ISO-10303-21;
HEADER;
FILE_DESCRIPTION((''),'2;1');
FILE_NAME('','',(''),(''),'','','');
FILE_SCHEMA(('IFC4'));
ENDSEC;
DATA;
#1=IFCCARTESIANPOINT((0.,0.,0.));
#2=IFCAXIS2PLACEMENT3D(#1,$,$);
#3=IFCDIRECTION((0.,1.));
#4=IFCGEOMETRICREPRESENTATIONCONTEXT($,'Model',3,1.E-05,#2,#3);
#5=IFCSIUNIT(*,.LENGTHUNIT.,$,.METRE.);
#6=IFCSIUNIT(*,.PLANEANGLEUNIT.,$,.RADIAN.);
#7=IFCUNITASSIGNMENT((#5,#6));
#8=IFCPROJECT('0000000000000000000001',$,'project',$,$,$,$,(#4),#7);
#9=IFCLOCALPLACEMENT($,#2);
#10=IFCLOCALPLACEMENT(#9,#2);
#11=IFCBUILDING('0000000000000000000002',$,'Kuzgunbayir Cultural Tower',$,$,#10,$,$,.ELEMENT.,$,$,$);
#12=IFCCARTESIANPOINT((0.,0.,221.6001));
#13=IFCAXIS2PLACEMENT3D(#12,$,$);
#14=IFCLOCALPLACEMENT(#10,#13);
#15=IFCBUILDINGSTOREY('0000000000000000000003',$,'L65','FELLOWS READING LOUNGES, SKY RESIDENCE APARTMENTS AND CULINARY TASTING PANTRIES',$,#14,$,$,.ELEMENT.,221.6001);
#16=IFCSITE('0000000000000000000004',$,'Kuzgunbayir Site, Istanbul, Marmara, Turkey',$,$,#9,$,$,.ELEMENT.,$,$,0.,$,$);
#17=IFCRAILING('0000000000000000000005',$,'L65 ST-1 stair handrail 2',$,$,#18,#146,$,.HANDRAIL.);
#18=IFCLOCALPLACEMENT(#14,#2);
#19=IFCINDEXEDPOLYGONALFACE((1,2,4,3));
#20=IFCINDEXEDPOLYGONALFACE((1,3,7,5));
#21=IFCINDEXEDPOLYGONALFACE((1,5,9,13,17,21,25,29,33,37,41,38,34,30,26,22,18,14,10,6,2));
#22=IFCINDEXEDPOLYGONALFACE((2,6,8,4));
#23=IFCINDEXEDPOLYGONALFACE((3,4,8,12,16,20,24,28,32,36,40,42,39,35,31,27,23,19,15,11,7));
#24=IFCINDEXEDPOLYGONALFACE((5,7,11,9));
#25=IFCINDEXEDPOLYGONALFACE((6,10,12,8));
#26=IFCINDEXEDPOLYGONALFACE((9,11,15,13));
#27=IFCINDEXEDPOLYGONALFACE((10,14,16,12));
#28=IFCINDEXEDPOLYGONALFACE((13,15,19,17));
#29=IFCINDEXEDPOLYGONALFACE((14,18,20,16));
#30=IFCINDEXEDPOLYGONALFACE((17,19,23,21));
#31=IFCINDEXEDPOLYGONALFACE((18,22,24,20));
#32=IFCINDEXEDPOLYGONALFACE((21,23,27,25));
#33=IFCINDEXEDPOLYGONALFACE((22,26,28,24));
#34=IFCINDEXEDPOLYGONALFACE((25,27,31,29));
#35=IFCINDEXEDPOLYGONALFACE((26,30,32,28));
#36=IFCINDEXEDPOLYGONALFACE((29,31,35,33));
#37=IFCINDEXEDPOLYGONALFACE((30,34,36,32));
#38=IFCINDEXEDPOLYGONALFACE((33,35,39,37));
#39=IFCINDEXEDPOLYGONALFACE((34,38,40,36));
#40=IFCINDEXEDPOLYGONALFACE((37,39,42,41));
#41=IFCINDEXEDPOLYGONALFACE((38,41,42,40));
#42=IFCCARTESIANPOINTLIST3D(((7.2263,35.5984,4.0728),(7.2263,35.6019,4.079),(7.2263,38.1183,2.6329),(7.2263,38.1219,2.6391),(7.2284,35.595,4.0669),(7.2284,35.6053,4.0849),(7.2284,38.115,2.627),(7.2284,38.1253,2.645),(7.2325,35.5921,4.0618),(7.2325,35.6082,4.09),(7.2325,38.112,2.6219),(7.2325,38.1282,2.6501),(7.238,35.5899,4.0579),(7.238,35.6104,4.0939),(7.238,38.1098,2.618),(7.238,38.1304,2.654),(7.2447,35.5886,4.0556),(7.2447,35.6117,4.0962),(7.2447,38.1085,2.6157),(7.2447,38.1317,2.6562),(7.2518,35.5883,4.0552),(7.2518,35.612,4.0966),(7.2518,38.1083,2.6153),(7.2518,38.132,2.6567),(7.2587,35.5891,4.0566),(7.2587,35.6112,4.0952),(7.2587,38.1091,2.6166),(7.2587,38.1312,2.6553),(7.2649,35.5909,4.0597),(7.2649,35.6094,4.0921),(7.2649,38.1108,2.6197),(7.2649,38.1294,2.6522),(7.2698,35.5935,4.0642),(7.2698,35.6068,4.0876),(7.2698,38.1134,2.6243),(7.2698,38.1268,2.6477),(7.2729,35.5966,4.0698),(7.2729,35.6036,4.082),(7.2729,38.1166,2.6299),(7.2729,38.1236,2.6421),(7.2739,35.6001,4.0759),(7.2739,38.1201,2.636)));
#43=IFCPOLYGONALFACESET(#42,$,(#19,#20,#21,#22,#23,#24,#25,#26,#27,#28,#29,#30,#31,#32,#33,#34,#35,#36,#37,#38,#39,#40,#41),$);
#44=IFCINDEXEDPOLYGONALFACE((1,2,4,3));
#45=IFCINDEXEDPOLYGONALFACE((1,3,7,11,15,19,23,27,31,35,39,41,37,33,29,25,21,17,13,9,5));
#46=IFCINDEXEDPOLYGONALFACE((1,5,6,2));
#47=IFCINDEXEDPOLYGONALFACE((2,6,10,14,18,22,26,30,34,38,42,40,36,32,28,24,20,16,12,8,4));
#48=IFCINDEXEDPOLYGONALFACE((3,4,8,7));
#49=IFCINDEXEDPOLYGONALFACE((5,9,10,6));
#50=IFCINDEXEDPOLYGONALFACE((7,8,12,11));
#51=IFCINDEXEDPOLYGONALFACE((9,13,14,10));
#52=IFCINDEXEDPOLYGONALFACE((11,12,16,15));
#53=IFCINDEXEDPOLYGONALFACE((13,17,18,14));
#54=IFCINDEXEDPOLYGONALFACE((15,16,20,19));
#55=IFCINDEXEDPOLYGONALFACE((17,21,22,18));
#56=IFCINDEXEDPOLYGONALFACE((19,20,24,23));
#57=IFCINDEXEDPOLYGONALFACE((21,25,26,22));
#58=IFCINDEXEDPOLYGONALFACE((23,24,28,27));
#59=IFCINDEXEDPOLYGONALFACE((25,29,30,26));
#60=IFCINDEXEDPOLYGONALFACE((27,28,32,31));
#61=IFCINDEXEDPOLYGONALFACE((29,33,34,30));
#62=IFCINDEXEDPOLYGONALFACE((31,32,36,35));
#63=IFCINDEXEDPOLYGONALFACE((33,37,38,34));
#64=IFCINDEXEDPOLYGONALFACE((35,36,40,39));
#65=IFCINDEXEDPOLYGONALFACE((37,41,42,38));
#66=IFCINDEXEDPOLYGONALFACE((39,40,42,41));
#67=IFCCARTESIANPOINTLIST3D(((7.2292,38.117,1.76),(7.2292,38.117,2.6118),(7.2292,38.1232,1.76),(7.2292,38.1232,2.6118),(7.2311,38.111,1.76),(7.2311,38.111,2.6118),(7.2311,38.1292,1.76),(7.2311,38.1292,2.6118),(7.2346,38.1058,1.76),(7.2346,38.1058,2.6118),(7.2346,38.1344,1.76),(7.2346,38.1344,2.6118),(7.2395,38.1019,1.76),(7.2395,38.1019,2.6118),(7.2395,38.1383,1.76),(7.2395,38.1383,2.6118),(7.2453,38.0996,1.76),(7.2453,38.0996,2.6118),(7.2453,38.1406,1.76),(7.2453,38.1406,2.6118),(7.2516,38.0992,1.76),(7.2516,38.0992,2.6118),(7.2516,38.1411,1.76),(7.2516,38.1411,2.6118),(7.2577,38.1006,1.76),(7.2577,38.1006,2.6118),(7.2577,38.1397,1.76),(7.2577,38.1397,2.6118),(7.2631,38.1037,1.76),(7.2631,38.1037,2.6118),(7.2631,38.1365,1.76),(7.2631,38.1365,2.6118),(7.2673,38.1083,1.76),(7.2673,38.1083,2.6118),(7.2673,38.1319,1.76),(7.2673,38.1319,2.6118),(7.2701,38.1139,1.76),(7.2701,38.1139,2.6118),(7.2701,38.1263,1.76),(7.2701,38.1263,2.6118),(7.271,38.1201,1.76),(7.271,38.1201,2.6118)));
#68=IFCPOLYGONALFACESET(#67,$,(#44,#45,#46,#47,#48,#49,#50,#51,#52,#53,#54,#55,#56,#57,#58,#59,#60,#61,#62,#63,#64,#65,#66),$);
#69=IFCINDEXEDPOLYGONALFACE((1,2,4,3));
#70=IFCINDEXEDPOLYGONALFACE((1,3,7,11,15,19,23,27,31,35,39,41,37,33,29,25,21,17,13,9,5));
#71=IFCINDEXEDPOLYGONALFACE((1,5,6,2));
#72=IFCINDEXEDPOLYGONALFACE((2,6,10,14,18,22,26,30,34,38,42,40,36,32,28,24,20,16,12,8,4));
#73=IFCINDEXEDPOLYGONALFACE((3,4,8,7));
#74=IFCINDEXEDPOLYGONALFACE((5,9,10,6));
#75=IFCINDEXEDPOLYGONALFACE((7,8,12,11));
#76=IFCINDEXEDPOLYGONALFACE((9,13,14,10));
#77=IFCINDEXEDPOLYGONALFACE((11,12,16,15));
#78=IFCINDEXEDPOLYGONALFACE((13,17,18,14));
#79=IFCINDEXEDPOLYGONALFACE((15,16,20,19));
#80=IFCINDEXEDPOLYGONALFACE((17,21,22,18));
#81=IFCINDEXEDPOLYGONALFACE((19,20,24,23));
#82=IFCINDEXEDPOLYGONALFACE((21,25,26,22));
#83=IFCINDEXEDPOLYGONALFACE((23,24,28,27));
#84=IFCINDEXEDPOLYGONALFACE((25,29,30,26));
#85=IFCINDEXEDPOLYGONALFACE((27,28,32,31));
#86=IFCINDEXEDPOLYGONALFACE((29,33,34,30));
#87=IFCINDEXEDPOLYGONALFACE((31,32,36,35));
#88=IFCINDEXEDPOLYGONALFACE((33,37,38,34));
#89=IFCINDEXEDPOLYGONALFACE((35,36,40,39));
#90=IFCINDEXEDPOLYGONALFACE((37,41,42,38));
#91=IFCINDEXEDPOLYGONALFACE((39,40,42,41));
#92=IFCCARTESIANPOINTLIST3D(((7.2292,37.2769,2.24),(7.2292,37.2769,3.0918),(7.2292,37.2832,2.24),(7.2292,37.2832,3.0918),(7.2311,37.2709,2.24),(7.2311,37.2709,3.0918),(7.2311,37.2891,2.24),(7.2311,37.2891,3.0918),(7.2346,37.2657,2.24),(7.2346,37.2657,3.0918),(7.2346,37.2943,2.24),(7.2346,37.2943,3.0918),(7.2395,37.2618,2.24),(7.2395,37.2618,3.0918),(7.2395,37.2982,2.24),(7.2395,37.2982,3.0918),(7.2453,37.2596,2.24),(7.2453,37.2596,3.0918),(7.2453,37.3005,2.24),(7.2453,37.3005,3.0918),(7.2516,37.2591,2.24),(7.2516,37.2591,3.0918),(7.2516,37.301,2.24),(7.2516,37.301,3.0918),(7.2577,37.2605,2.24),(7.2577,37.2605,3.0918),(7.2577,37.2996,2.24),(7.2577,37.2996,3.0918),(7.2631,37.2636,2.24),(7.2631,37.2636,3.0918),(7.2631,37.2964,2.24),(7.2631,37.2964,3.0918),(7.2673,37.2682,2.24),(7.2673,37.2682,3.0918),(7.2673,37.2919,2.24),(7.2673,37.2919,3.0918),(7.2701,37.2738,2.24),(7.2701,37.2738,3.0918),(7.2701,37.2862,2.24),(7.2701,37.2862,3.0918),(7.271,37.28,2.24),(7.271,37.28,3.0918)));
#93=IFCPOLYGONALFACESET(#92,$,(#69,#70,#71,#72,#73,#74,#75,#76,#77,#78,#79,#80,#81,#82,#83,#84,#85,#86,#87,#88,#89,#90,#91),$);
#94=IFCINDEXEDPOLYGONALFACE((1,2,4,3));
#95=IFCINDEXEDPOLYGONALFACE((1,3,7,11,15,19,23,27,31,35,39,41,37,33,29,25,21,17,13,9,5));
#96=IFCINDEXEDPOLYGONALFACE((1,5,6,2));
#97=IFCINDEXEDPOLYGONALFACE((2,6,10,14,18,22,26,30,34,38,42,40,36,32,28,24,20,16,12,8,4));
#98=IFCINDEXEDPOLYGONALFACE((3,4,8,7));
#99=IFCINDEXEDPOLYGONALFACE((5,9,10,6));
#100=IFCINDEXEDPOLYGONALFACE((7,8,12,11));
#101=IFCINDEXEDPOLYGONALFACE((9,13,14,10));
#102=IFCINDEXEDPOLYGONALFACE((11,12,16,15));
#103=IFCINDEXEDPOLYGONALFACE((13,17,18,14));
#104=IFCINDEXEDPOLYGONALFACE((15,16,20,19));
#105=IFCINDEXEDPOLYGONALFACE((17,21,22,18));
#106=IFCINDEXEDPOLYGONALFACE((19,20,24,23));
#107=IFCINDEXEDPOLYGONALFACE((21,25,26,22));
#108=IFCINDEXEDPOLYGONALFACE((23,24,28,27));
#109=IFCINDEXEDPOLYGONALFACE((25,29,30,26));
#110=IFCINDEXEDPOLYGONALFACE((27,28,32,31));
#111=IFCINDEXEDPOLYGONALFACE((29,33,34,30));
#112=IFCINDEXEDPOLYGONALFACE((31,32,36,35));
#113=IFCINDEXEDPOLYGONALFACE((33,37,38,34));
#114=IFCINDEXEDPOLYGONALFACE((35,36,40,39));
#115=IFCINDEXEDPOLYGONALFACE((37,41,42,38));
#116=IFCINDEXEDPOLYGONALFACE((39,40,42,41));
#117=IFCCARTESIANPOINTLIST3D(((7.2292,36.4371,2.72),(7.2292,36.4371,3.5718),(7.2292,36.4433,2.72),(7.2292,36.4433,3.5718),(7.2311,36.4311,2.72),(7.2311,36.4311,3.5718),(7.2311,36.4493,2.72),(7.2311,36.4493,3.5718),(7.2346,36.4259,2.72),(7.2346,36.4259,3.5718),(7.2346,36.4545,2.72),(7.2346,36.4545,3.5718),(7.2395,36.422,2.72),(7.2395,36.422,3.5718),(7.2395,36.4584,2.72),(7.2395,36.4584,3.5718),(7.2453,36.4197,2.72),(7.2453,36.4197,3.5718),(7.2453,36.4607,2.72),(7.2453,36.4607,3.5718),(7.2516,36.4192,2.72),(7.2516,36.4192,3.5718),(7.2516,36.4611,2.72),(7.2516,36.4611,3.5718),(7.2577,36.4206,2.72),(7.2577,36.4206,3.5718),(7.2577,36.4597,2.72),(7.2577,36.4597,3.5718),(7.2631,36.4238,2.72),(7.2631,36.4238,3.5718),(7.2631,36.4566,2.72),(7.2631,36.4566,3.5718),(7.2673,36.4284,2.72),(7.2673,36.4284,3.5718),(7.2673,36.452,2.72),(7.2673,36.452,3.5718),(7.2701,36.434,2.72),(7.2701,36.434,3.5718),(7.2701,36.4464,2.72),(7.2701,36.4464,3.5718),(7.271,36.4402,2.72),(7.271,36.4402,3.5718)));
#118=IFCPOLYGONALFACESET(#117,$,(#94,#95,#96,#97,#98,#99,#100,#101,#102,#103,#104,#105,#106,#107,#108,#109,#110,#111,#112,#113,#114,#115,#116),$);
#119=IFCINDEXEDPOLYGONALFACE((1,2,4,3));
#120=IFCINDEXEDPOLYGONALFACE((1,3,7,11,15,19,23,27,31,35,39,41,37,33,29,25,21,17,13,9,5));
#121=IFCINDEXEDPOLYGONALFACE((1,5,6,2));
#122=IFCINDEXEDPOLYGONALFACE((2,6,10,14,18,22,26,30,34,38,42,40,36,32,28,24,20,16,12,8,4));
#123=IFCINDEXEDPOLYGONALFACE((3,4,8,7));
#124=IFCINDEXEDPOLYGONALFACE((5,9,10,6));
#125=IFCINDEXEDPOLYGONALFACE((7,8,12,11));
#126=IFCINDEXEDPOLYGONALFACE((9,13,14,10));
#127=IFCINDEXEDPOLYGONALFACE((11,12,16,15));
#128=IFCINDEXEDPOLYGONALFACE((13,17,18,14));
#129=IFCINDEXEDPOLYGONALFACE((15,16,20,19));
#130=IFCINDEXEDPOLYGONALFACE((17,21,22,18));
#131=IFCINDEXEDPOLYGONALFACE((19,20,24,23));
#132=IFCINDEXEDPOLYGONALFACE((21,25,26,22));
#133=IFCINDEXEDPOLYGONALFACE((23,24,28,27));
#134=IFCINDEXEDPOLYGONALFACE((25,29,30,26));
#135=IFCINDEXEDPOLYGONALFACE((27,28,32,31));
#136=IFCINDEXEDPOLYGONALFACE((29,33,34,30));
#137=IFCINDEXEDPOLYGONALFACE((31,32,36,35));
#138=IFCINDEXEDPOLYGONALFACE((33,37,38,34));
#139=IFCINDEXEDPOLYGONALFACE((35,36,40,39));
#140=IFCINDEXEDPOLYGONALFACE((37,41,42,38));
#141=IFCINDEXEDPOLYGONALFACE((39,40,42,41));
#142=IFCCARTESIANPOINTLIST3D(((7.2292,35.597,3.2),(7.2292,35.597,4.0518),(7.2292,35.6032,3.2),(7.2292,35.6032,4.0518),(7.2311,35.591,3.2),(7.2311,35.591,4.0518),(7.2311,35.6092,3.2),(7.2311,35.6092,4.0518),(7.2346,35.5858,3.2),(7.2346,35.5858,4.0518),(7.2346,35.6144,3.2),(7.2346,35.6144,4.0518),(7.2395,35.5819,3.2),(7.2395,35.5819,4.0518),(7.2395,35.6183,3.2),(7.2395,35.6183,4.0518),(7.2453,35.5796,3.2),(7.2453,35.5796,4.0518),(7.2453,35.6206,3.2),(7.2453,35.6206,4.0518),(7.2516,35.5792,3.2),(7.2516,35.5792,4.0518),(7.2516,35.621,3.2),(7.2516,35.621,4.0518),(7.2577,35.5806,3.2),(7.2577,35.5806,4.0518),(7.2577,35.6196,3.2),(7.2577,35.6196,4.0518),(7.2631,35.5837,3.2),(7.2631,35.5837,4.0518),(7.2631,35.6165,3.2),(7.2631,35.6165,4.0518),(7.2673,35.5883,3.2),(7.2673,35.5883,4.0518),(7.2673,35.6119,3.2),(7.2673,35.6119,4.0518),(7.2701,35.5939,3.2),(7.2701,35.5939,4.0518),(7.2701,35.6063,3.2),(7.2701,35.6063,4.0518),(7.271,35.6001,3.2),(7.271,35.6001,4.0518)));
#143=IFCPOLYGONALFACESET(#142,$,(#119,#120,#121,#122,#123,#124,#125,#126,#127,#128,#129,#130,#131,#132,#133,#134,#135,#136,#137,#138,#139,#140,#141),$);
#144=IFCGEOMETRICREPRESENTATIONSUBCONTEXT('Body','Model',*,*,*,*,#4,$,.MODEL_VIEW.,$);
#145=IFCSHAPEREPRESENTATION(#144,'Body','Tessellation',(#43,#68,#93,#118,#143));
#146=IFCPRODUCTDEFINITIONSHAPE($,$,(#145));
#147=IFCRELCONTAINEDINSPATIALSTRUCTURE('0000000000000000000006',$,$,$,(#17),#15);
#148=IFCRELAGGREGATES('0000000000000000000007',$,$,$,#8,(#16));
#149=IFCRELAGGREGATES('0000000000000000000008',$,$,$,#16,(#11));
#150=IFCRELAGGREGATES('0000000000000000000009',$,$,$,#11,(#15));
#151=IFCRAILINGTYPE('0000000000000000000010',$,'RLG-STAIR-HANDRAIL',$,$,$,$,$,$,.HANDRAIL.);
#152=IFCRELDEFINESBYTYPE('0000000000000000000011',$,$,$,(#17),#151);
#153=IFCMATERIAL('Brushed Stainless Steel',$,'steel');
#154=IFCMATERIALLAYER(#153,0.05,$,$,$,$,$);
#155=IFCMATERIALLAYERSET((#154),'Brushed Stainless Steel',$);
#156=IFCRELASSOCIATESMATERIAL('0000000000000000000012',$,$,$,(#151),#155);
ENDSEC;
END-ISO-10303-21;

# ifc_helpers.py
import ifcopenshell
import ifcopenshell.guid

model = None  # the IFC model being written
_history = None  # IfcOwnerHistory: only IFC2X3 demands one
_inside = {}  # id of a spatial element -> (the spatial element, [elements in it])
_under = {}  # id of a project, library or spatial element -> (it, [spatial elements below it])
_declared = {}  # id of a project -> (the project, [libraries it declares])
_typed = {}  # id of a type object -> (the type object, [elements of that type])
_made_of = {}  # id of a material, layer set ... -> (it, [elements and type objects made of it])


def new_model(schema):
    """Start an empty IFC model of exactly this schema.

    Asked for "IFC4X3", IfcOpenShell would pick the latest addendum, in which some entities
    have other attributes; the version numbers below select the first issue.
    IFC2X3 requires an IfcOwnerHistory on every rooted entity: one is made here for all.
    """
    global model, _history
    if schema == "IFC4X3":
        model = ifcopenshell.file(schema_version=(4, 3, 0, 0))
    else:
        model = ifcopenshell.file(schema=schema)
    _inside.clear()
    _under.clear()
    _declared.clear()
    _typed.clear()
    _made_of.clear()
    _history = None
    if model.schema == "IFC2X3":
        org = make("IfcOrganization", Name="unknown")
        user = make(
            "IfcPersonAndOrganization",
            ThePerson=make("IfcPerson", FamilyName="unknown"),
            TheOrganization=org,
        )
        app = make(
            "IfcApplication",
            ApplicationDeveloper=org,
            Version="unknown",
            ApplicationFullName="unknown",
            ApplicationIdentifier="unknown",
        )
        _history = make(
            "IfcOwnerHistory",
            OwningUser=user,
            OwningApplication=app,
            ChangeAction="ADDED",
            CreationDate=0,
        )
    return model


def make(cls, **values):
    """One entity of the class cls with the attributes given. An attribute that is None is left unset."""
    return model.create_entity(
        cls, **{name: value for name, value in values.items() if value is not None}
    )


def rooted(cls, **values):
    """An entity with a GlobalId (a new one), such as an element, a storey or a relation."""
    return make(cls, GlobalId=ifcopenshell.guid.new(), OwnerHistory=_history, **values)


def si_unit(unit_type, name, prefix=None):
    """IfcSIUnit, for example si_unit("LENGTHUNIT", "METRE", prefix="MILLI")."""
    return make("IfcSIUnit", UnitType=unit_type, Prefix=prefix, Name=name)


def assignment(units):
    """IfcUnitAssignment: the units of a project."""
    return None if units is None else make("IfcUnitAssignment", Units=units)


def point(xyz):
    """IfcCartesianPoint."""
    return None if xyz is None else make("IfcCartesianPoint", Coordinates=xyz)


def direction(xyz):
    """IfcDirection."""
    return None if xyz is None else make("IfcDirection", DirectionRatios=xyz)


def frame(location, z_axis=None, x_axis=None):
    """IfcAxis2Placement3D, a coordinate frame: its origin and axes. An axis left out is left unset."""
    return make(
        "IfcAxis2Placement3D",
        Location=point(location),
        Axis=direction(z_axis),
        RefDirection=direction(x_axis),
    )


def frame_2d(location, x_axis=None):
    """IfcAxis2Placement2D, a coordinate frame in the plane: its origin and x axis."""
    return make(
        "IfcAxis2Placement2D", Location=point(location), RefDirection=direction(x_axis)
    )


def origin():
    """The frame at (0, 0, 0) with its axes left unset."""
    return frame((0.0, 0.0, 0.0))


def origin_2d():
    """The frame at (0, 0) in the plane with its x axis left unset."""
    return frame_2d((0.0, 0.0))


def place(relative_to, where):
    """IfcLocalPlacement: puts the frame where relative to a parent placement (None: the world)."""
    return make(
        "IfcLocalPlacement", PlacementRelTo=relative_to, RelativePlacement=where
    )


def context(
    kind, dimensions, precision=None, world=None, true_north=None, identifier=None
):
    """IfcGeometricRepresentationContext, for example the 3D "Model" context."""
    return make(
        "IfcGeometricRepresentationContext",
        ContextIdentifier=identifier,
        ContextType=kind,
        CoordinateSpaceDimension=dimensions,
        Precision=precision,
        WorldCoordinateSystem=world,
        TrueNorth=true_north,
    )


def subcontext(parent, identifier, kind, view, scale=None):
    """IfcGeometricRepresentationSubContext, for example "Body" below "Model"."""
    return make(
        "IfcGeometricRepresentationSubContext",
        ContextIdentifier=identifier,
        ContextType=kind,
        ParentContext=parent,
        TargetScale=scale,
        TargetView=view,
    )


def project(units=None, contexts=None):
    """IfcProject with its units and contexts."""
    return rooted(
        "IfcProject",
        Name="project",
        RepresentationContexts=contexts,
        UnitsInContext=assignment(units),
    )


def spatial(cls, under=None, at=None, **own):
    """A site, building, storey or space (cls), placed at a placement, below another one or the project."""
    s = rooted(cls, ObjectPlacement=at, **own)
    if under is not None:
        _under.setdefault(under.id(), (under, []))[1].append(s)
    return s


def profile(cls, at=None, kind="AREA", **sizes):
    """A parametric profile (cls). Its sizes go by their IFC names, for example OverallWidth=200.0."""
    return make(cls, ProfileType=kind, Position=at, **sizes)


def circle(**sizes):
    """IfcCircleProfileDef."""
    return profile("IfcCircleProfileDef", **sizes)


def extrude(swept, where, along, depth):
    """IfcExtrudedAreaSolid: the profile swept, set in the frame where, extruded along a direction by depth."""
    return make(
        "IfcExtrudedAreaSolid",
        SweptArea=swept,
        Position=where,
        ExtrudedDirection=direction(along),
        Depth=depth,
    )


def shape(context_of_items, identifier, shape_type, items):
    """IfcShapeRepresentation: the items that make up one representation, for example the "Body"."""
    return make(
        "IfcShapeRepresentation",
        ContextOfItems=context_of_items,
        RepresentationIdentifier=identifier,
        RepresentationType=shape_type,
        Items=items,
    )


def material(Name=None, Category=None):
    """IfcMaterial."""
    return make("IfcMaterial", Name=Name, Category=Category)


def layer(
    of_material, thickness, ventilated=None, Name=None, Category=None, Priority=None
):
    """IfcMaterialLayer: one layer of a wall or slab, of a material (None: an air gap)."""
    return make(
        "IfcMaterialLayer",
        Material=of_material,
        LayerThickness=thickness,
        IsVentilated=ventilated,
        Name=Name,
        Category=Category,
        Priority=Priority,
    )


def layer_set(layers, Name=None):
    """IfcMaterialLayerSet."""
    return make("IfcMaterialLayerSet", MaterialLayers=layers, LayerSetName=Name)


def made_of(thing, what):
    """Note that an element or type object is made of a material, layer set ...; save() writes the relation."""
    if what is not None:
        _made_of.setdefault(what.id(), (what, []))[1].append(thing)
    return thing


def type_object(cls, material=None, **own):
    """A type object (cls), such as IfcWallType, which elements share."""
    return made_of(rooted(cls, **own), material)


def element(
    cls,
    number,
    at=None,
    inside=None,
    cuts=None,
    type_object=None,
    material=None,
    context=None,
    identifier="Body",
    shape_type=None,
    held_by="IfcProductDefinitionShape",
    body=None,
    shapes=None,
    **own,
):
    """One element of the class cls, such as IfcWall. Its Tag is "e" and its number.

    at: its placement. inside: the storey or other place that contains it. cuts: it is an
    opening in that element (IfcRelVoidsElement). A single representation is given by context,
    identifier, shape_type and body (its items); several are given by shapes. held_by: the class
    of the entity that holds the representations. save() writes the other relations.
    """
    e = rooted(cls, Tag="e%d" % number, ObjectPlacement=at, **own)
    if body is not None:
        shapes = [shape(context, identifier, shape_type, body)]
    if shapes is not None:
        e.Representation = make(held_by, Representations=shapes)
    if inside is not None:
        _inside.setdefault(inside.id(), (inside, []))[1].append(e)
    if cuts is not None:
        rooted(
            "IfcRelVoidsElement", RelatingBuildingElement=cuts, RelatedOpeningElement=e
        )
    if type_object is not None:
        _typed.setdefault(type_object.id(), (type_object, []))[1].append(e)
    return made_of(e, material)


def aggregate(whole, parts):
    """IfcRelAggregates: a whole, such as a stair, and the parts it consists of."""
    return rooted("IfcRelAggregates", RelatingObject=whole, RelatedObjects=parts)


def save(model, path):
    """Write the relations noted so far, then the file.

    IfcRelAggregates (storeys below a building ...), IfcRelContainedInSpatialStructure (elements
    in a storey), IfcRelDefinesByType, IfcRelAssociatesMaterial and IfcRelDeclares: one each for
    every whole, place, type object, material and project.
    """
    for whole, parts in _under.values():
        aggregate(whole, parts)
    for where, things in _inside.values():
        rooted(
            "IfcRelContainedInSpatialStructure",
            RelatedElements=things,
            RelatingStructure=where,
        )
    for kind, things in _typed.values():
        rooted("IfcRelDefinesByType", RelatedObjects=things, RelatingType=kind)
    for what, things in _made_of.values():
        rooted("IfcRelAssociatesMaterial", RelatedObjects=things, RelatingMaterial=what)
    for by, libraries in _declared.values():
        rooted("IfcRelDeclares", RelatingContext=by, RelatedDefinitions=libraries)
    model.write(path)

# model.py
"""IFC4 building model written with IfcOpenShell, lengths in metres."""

from ifc_helpers import new_model, si_unit, direction, frame, origin, origin_2d, place, context, subcontext, project, spatial, circle, extrude, material, layer, layer_set, type_object, element, save


model = new_model("IFC4")

# Units and contexts
model_context = context("Model", 3, precision=1e-05, world=origin(), true_north=direction((0.0, 1.0)))
body_context = subcontext(model_context, "Body", "Model", "MODEL_VIEW")
ifc_project = project(units=[si_unit("LENGTHUNIT", "METRE"), si_unit("PLANEANGLEUNIT", "RADIAN")], contexts=[model_context])

# Site, building, storey
site_placement = place(None, origin())
site = spatial("IfcSite", under=ifc_project, at=site_placement, Name="Kuzgunbayir Site, Istanbul, Marmara, Turkey", CompositionType="ELEMENT", RefElevation=0.0)
building_placement = place(site_placement, origin())
building = spatial("IfcBuilding", under=site, at=building_placement, Name="Kuzgunbayir Cultural Tower", CompositionType="ELEMENT")
storey_placement = place(building_placement, frame((0.0, 0.0, 221.6001)))
storey = spatial("IfcBuildingStorey", under=building, at=storey_placement, Name="L65", Description="FELLOWS READING LOUNGES, SKY RESIDENCE APARTMENTS AND CULINARY TASTING PANTRIES", CompositionType="ELEMENT", Elevation=221.6001)

# Shared definitions
ifc_material_1 = material(Name="Brushed Stainless Steel", Category="steel")

# Railing
ifc_layer_1 = layer(ifc_material_1, 0.05)
ifc_layer_set_1 = layer_set([ifc_layer_1], Name="Brushed Stainless Steel")
railing_type_1 = type_object("IfcRailingType", Name="RLG-STAIR-HANDRAIL", PredefinedType="HANDRAIL", material=ifc_layer_set_1)
railing_1_placement = place(storey_placement, frame((7.25, 38.1201, 1.76)))
element("IfcRailing", 1, at=railing_1_placement, inside=storey, type_object=railing_type_1, Name="L65 ST-1 stair handrail 2", PredefinedType="HANDRAIL", context=body_context, shape_type="SweptSolid", body=[
    extrude(circle(Radius=0.0239, at=origin_2d()), frame((0.0, 0.0, 0.876), z_axis=(0.0, -0.868253, 0.496121), x_axis=(1.0, 0.0, 0.0)), (0.0, 0.0, 1.0), 2.9023),
    extrude(circle(Radius=0.021, at=origin_2d()), origin(), (0.0, 0.0, 1.0), 0.8518),
    extrude(circle(Radius=0.021, at=origin_2d()), frame((0.0, -0.8401, 0.48)), (0.0, 0.0, 1.0), 0.8518),
    extrude(circle(Radius=0.021, at=origin_2d()), frame((0.0, -1.6799, 0.96)), (0.0, 0.0, 1.0), 0.8518),
    extrude(circle(Radius=0.021, at=origin_2d()), frame((0.0, -2.52, 1.4399)), (0.0, 0.0, 1.0), 0.8518),
])

save(model, "model.ifc")
